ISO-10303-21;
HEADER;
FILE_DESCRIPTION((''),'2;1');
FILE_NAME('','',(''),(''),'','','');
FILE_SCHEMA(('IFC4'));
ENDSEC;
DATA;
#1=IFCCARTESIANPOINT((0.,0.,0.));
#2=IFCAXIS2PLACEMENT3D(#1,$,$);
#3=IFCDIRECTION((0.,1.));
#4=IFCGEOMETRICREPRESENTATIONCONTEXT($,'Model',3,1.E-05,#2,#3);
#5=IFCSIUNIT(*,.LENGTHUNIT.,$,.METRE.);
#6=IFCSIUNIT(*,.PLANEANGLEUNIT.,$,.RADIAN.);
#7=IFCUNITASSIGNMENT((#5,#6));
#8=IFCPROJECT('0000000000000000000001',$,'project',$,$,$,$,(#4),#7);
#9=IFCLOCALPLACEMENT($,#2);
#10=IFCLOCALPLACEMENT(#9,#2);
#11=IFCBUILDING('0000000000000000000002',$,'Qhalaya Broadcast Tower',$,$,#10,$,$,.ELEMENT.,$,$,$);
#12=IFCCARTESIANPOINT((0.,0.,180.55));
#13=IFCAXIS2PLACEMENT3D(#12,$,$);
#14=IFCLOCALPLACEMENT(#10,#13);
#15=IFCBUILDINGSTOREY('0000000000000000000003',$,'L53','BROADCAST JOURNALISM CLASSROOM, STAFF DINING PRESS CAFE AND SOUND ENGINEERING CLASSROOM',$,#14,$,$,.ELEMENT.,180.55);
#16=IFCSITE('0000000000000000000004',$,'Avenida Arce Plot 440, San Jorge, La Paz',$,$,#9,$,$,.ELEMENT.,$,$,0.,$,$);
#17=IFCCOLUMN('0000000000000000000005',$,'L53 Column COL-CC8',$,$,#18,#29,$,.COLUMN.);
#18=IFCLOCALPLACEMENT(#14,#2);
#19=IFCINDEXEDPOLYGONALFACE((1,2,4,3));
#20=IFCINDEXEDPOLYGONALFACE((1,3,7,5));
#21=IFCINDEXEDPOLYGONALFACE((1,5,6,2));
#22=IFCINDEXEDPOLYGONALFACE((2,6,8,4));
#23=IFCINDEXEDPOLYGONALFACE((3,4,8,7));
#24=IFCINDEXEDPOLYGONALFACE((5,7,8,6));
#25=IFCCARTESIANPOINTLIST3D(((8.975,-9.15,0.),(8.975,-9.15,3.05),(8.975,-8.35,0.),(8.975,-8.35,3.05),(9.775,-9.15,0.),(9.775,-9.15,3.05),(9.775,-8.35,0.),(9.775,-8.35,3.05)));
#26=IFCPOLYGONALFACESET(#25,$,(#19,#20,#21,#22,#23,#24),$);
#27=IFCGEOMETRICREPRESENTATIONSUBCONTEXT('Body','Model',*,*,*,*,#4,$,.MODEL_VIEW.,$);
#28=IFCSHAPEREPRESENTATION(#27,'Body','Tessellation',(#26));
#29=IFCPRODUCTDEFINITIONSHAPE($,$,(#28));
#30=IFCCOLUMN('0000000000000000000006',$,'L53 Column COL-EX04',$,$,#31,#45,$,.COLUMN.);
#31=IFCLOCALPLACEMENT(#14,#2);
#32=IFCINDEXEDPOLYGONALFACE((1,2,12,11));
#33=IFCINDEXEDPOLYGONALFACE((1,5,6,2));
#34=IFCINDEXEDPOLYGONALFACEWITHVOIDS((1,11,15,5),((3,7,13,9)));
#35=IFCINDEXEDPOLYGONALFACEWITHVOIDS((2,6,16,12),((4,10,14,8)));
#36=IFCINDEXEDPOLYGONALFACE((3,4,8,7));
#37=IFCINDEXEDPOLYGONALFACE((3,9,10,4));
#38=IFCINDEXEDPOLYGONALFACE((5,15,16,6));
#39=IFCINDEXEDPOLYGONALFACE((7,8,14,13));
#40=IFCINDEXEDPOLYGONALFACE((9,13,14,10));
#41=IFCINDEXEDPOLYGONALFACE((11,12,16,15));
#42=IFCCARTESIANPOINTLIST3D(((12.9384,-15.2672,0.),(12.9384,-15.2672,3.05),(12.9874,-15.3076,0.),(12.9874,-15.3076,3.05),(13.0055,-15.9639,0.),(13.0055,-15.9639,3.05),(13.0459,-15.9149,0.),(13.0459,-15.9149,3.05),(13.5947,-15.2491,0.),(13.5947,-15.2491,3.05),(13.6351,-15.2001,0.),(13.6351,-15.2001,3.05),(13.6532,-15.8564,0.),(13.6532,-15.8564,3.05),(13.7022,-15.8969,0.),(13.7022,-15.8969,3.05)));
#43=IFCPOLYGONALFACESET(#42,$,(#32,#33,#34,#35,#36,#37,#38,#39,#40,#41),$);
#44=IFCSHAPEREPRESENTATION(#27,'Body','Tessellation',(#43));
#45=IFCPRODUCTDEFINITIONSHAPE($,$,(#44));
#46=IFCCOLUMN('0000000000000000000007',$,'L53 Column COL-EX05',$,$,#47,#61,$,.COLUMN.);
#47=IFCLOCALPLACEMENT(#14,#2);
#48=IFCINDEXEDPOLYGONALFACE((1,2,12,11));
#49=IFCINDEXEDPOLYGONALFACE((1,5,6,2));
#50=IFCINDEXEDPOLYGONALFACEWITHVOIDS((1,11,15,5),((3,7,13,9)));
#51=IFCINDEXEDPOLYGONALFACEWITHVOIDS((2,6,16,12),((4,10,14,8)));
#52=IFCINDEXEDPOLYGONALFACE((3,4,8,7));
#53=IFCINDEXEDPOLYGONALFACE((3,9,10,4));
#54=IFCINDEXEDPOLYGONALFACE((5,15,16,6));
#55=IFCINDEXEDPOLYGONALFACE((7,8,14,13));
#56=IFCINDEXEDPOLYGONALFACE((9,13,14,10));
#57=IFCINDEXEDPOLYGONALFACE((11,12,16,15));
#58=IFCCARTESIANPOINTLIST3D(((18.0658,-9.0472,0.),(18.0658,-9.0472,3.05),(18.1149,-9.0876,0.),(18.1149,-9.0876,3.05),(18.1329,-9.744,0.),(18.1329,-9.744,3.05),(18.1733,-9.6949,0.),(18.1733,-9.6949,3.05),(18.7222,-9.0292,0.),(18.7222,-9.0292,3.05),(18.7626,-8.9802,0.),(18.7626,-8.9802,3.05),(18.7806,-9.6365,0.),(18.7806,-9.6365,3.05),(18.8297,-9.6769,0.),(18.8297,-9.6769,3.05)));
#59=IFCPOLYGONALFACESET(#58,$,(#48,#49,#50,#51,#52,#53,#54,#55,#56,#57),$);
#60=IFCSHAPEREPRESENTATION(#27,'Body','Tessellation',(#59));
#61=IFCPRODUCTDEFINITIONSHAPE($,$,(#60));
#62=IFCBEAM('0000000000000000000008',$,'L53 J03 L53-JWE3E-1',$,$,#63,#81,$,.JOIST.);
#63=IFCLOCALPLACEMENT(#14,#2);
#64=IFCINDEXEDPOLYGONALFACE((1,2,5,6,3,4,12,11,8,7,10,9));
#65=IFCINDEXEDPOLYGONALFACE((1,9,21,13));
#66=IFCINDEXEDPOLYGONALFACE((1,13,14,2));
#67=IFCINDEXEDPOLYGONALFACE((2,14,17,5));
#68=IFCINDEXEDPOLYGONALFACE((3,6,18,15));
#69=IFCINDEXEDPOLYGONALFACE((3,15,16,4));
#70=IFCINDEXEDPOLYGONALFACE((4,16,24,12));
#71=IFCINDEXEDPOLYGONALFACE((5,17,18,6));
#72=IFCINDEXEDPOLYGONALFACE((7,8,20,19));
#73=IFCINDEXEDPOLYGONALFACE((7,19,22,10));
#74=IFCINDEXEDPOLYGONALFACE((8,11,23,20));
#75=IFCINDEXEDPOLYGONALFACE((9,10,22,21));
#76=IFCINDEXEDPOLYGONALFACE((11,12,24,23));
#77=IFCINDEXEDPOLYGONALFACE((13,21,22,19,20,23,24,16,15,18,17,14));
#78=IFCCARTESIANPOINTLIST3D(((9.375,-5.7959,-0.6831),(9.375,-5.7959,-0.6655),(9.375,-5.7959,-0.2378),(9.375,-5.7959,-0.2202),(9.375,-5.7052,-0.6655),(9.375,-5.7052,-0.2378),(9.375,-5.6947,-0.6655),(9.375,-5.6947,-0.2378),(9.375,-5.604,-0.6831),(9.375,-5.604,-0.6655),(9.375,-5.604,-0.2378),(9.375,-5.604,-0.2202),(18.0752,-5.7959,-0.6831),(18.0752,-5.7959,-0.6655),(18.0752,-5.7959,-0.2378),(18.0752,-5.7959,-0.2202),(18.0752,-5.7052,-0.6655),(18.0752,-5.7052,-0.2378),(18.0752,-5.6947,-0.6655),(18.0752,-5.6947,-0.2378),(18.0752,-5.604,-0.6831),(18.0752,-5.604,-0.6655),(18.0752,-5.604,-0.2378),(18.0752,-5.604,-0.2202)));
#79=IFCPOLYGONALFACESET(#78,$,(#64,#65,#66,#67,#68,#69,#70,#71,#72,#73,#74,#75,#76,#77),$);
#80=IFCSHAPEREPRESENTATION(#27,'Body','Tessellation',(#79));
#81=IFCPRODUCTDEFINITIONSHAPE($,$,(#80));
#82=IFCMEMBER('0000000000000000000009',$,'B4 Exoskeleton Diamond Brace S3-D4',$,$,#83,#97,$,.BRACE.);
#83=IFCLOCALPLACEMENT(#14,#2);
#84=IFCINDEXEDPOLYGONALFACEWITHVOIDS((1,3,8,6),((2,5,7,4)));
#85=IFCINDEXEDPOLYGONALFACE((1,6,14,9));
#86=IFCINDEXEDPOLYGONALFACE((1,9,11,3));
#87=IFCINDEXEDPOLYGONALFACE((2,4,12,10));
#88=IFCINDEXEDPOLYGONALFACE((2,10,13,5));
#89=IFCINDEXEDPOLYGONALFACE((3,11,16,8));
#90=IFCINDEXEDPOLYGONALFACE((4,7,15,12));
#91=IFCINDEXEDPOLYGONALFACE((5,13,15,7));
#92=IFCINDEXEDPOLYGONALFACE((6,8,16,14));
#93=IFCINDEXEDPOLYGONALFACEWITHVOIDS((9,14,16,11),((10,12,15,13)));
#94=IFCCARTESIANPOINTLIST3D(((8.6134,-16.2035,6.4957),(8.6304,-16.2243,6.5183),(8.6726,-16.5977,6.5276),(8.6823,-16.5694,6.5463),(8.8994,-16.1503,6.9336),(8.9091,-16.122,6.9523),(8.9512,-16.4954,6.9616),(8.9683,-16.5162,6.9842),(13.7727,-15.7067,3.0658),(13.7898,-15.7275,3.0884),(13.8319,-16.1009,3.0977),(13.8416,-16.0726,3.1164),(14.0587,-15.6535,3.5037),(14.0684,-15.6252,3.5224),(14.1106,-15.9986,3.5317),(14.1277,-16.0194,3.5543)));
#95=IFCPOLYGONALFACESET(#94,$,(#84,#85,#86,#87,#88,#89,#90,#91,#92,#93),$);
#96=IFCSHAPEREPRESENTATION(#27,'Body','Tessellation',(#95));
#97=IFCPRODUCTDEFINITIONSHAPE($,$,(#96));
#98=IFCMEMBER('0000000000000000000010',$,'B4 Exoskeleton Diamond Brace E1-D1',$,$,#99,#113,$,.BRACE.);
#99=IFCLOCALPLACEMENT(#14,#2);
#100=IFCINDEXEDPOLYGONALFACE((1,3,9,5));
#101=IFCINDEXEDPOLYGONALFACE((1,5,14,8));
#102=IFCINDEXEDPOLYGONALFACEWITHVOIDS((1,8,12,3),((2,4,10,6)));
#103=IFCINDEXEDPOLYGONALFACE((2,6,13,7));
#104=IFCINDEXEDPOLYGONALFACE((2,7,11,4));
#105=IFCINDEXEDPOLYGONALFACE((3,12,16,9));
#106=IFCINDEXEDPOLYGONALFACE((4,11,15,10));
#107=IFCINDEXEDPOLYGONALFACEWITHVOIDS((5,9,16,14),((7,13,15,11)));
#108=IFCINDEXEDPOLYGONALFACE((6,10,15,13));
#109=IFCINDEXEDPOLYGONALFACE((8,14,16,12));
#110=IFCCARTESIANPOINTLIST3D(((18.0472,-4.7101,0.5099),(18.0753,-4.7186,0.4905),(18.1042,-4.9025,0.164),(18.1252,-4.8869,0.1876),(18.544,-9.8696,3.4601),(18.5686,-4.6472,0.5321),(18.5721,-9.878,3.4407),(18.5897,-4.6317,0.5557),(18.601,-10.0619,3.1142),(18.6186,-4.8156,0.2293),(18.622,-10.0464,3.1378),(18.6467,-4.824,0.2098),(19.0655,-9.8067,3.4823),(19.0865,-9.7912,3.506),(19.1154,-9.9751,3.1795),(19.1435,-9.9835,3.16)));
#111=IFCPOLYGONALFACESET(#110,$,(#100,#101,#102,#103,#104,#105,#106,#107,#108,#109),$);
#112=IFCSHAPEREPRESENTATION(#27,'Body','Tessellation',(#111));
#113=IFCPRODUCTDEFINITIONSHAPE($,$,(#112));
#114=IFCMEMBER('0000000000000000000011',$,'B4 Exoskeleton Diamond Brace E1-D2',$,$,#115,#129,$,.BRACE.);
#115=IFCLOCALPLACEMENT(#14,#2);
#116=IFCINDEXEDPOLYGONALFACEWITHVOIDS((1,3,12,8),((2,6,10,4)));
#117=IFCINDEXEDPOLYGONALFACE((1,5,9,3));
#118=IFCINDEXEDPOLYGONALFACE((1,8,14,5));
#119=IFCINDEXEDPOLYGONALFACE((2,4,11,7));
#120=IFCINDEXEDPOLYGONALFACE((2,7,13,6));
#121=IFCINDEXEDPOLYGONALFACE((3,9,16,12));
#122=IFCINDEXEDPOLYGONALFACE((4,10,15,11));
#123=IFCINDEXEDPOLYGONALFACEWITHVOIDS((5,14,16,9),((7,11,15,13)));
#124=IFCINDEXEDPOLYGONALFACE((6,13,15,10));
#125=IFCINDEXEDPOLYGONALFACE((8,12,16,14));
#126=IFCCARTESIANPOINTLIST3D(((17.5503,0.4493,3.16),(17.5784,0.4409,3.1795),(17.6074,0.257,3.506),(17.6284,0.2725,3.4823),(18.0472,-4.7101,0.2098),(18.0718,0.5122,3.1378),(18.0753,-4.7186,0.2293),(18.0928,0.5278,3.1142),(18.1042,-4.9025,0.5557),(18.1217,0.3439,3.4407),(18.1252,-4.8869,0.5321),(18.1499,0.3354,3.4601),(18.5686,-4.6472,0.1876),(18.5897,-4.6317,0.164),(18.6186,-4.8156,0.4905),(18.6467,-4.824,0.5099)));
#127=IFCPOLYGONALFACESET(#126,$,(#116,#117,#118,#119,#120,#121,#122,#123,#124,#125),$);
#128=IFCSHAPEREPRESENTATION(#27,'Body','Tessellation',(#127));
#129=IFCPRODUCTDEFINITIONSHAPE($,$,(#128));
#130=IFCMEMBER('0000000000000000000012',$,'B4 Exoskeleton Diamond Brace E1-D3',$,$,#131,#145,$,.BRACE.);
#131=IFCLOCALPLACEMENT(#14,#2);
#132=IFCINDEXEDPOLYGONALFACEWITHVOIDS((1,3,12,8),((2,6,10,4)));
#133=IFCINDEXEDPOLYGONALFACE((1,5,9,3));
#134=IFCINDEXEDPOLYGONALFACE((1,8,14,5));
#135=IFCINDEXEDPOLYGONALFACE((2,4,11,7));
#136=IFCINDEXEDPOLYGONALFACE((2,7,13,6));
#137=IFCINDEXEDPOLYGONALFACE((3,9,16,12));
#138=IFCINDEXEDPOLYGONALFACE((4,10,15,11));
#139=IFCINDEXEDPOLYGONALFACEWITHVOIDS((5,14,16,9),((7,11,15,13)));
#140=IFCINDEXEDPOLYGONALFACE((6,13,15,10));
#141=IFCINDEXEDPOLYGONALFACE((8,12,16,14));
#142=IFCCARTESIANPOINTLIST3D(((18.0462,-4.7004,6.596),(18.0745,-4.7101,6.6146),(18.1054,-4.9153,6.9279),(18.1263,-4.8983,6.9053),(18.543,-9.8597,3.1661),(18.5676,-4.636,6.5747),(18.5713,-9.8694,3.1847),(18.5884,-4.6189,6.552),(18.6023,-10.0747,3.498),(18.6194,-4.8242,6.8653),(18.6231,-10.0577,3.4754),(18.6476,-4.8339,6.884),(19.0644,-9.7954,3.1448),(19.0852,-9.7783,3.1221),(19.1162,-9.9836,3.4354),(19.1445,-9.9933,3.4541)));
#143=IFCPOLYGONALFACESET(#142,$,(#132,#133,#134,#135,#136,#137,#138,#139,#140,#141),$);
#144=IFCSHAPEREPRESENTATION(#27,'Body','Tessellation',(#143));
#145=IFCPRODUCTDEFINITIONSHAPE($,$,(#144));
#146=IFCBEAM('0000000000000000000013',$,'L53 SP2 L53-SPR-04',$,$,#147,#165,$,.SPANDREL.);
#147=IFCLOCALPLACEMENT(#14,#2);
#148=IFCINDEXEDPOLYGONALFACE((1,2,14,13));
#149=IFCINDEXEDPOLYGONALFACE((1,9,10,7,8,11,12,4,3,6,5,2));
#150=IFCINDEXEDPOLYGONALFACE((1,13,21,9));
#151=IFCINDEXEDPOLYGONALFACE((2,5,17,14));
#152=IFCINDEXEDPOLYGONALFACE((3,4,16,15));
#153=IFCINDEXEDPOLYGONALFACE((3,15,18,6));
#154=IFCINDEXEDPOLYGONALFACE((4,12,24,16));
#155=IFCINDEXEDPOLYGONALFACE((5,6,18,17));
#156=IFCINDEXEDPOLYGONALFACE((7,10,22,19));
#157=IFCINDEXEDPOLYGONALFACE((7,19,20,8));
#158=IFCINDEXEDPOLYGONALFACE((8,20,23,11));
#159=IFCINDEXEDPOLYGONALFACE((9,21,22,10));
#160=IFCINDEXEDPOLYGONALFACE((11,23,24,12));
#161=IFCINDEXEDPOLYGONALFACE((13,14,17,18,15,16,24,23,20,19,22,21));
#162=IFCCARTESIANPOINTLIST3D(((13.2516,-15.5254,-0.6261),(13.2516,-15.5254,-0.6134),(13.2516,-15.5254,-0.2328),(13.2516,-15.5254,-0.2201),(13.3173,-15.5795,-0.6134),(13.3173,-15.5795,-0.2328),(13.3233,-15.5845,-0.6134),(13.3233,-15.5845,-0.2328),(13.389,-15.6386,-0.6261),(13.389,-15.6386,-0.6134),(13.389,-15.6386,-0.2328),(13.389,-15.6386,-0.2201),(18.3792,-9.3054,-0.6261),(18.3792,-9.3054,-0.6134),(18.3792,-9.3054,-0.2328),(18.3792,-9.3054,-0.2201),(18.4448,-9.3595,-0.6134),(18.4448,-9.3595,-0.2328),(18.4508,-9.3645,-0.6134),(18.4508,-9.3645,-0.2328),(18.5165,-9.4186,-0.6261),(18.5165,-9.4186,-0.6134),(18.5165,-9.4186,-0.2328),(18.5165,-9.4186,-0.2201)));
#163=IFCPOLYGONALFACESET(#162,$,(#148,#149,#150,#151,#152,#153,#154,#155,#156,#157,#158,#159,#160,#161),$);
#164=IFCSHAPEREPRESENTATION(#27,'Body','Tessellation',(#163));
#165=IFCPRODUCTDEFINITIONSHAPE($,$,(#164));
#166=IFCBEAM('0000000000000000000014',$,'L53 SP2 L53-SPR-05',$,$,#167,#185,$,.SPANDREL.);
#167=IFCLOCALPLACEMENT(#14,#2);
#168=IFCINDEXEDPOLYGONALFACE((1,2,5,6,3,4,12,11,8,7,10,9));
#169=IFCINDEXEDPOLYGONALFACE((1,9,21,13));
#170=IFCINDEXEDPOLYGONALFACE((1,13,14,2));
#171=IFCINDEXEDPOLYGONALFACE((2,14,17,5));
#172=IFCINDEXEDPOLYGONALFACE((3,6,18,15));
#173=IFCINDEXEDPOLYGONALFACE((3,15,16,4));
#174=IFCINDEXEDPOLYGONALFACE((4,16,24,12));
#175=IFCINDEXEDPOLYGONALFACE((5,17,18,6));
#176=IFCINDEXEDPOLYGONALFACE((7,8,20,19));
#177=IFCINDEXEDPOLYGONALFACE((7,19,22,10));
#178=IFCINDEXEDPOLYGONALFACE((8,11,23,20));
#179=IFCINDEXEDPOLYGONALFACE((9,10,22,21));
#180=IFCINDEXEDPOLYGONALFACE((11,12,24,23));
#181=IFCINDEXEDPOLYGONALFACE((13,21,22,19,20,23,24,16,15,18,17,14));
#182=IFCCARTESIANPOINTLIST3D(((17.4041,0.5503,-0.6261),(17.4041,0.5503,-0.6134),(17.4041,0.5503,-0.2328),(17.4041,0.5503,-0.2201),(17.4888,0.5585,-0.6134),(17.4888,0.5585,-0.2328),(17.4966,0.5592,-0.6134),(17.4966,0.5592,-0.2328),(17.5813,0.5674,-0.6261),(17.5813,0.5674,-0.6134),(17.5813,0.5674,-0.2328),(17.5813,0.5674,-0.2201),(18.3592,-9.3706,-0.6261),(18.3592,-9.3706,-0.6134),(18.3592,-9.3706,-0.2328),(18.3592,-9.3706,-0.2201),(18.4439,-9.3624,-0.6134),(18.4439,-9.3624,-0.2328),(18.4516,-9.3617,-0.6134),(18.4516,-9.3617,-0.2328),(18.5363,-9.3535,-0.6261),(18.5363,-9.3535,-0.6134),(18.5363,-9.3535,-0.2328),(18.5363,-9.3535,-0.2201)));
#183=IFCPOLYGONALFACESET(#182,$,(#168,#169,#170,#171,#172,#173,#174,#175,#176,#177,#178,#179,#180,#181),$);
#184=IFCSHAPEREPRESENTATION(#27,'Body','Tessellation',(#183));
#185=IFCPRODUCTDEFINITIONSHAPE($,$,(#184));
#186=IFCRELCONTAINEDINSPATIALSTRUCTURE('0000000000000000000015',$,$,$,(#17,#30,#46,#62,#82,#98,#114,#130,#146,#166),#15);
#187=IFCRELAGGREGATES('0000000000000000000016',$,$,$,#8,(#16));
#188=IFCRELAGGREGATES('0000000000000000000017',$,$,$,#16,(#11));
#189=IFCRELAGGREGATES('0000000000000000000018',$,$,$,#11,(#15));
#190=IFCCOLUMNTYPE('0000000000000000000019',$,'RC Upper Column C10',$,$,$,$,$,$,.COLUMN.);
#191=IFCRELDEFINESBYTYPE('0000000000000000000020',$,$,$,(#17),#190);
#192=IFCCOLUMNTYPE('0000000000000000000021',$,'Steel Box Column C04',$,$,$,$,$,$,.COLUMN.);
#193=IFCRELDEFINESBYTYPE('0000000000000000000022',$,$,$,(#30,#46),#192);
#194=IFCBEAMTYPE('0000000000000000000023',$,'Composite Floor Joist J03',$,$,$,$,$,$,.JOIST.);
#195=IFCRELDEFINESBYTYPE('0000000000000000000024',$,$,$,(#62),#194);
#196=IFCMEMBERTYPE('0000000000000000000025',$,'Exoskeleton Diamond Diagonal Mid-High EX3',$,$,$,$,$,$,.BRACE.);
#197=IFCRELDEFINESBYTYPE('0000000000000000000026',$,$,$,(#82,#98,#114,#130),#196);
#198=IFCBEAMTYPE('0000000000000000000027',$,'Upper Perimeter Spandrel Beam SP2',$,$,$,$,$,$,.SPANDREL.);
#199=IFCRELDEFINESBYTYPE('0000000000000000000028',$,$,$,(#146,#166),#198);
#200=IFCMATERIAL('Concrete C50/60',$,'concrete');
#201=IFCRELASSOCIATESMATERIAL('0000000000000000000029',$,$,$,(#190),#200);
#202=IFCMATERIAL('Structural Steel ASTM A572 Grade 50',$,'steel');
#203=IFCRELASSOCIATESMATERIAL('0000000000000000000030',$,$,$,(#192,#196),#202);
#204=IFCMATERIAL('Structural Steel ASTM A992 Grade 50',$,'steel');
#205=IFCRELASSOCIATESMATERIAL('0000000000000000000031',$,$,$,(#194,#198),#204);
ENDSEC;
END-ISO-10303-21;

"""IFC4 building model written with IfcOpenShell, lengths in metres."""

from ifc_helpers import new_model, si_unit, direction, frame, origin, origin_2d, place, context, subcontext, project, spatial, rectangle, hollow_rectangle, i_section, extrude, material, material_profile, profile_set, type_object, element, save


model = new_model("IFC4")

# Units and contexts
model_context = context("Model", 3, precision=1e-05, world=origin(), true_north=direction((0.0, 1.0)))
body_context = subcontext(model_context, "Body", "Model", "MODEL_VIEW")
ifc_project = project(units=[si_unit("LENGTHUNIT", "METRE"), si_unit("PLANEANGLEUNIT", "RADIAN")], contexts=[model_context])

# Site, building, storey
site_placement = place(None, origin())
site = spatial("IfcSite", under=ifc_project, at=site_placement, Name="Avenida Arce Plot 440, San Jorge, La Paz", CompositionType="ELEMENT", RefElevation=0.0)
building_placement = place(site_placement, origin())
building = spatial("IfcBuilding", under=site, at=building_placement, Name="Qhalaya Broadcast Tower", CompositionType="ELEMENT")
storey_placement = place(building_placement, frame((0.0, 0.0, 180.55)))
storey = spatial("IfcBuildingStorey", under=building, at=storey_placement, Name="L53", Description="BROADCAST JOURNALISM CLASSROOM, STAFF DINING PRESS CAFE AND SOUND ENGINEERING CLASSROOM", CompositionType="ELEMENT", Elevation=180.55)

# Columns
ifc_material_1 = material(Name="Concrete C50/60", Category="concrete")
ifc_material_profile_1 = material_profile(ifc_material_1, rectangle(XDim=0.8, YDim=0.8, at=origin_2d()), Name="RC-COL 800x800")
ifc_profile_set_1 = profile_set([ifc_material_profile_1], Name="Concrete C50/60")
column_type_1 = type_object("IfcColumnType", Name="RC Upper Column C10", PredefinedType="COLUMN", material=ifc_profile_set_1)
column_placement = place(storey_placement, frame((9.375, -8.75, 0.0), z_axis=(0.0, 0.0, 1.0), x_axis=(1.0, 0.0, 0.0)))
element("IfcColumn", 1, at=column_placement, inside=storey, type_object=column_type_1, Name="L53 Column COL-CC8", PredefinedType="COLUMN", context=body_context, shape_type="SweptSolid", body=[
    extrude(rectangle(XDim=0.8, YDim=0.8, at=origin_2d()), origin(), (0.0, 0.0, 1.0), 3.05),
])
ifc_material_2 = material(Name="Structural Steel ASTM A572 Grade 50", Category="steel")
ifc_material_profile_2 = material_profile(ifc_material_2, hollow_rectangle(XDim=0.7, YDim=0.7, WallThickness=0.0449, at=origin_2d()), Name="BOX 700x700x45")
ifc_profile_set_2 = profile_set([ifc_material_profile_2], Name="Structural Steel ASTM A572 Grade 50")
column_type_2 = type_object("IfcColumnType", Name="Steel Box Column C04", PredefinedType="COLUMN", material=ifc_profile_set_2)
for number, where, z_axis, x_axis, name in (
    (2, (13.3203, -15.582, 0.0), (0.0, 0.0, 1.0), (0.995396, 0.095846, 0.0), "L53 Column COL-EX04"),
    (3, (18.4478, -9.3621, 0.0), (0.0, 0.0, 1.0), (-0.095846, 0.995396, 0.0), "L53 Column COL-EX05"),
):
    element("IfcColumn", number, at=place(storey_placement, frame(where, z_axis=z_axis, x_axis=x_axis)), inside=storey, type_object=column_type_2, Name=name, PredefinedType="COLUMN", context=body_context, shape_type="SweptSolid", body=[
        extrude(hollow_rectangle(XDim=0.7, YDim=0.7, WallThickness=0.0449, at=origin_2d()), origin(), (0.0, 0.0, 1.0), 3.05),
    ])

# Beam
ifc_material_3 = material(Name="Structural Steel ASTM A992 Grade 50", Category="steel")
ifc_material_profile_3 = material_profile(ifc_material_3, i_section(OverallWidth=0.1919, OverallDepth=0.4629, WebThickness=0.0105, FlangeThickness=0.0176, at=origin_2d()), Name="W18X60")
ifc_profile_set_3 = profile_set([ifc_material_profile_3], Name="Structural Steel ASTM A992 Grade 50")
beam_type_1 = type_object("IfcBeamType", Name="Composite Floor Joist J03", PredefinedType="JOIST", material=ifc_profile_set_3)
beam_1_placement = place(storey_placement, frame((9.375, -5.7, -0.4517), z_axis=(1.0, 0.0, 0.0), x_axis=(0.0, 1.0, 0.0)))
element("IfcBeam", 4, at=beam_1_placement, inside=storey, type_object=beam_type_1, Name="L53 J03 L53-JWE3E-1", PredefinedType="JOIST", context=body_context, shape_type="SweptSolid", body=[
    extrude(i_section(OverallWidth=0.1919, OverallDepth=0.4629, WebThickness=0.0105, FlangeThickness=0.0176, at=origin_2d()), origin(), (0.0, 0.0, 1.0), 8.7002),
])

# Members
ifc_material_profile_4 = material_profile(ifc_material_2, hollow_rectangle(XDim=0.3999, YDim=0.55, WallThickness=0.0249, at=origin_2d()), Name="BOX 400x550x25")
ifc_profile_set_4 = profile_set([ifc_material_profile_4], Name="Structural Steel ASTM A572 Grade 50")
member_type = type_object("IfcMemberType", Name="Exoskeleton Diamond Diagonal Mid-High EX3", PredefinedType="BRACE", material=ifc_profile_set_4)
member_1_placement = place(storey_placement, frame((13.9502, -15.863, 3.3101), z_axis=(-0.830106, -0.079935, 0.551846), x_axis=(0.148059, -0.985743, 0.07993)))
element("IfcMember", 5, at=member_1_placement, inside=storey, type_object=member_type, Name="B4 Exoskeleton Diamond Brace S3-D4", PredefinedType="BRACE", context=body_context, shape_type="SweptSolid", body=[
    extrude(hollow_rectangle(XDim=0.3999, YDim=0.55, WallThickness=0.0249, at=origin_2d()), origin(), (0.0, 0.0, 1.0), 6.2153),
])
for number, where, z_axis, x_axis, name in (
    (6, (18.3469, -4.7671, 0.3599), (0.083303, -0.865084, 0.494661), (-0.1426, 0.48093, 0.865085), "B4 Exoskeleton Diamond Brace E1-D1"),
    (7, (18.3469, -4.7671, 0.3599), (-0.083303, 0.865084, 0.494661), (0.1426, -0.48093, 0.865085), "B4 Exoskeleton Diamond Brace E1-D2"),
):
    element("IfcMember", number, at=place(storey_placement, frame(where, z_axis=z_axis, x_axis=x_axis)), inside=storey, type_object=member_type, Name=name, PredefinedType="BRACE", context=body_context, shape_type="SweptSolid", body=[
        extrude(hollow_rectangle(XDim=0.3999, YDim=0.55, WallThickness=0.0249, at=origin_2d()), origin(), (0.0, 0.0, 1.0), 5.9641),
    ])
member_2_placement = place(storey_placement, frame((18.8438, -9.9265, 3.3101), z_axis=(-0.079935, 0.830106, 0.551846), x_axis=(0.148056, -0.537589, 0.830107)))
element("IfcMember", 8, at=member_2_placement, inside=storey, type_object=member_type, Name="B4 Exoskeleton Diamond Brace E1-D3", PredefinedType="BRACE", context=body_context, shape_type="SweptSolid", body=[
    extrude(hollow_rectangle(XDim=0.3999, YDim=0.55, WallThickness=0.0249, at=origin_2d()), origin(), (0.0, 0.0, 1.0), 6.2153),
])

# Beams
ifc_material_profile_5 = material_profile(ifc_material_3, i_section(OverallWidth=0.178, OverallDepth=0.406, WebThickness=0.0078, FlangeThickness=0.0127, at=origin_2d()), Name="W16X40")
ifc_profile_set_5 = profile_set([ifc_material_profile_5], Name="Structural Steel ASTM A992 Grade 50")
beam_type_2 = type_object("IfcBeamType", Name="Upper Perimeter Spandrel Beam SP2", PredefinedType="SPANDREL", material=ifc_profile_set_5)
beam_2_placement = place(storey_placement, frame((13.3203, -15.582, -0.4231), z_axis=(0.636085, 0.771619, 0.0), x_axis=(-0.771619, 0.636085, 0.0)))
element("IfcBeam", 9, at=beam_2_placement, inside=storey, type_object=beam_type_2, Name="L53 SP2 L53-SPR-04", PredefinedType="SPANDREL", context=body_context, shape_type="SweptSolid", body=[
    extrude(i_section(OverallWidth=0.178, OverallDepth=0.406, WebThickness=0.0078, FlangeThickness=0.0127, at=origin_2d()), origin(), (0.0, 0.0, 1.0), 8.061),
])
beam_3_placement = place(storey_placement, frame((18.4478, -9.3621, -0.4231), z_axis=(-0.095826, 0.995398, 0.0), x_axis=(-0.995398, -0.095826, 0.0)))
element("IfcBeam", 10, at=beam_3_placement, inside=storey, type_object=beam_type_2, Name="L53 SP2 L53-SPR-05", PredefinedType="SPANDREL", context=body_context, shape_type="SweptSolid", body=[
    extrude(i_section(OverallWidth=0.178, OverallDepth=0.406, WebThickness=0.0078, FlangeThickness=0.0127, at=origin_2d()), origin(), (0.0, 0.0, 1.0), 9.9668),
])

save(model, "model.ifc")
